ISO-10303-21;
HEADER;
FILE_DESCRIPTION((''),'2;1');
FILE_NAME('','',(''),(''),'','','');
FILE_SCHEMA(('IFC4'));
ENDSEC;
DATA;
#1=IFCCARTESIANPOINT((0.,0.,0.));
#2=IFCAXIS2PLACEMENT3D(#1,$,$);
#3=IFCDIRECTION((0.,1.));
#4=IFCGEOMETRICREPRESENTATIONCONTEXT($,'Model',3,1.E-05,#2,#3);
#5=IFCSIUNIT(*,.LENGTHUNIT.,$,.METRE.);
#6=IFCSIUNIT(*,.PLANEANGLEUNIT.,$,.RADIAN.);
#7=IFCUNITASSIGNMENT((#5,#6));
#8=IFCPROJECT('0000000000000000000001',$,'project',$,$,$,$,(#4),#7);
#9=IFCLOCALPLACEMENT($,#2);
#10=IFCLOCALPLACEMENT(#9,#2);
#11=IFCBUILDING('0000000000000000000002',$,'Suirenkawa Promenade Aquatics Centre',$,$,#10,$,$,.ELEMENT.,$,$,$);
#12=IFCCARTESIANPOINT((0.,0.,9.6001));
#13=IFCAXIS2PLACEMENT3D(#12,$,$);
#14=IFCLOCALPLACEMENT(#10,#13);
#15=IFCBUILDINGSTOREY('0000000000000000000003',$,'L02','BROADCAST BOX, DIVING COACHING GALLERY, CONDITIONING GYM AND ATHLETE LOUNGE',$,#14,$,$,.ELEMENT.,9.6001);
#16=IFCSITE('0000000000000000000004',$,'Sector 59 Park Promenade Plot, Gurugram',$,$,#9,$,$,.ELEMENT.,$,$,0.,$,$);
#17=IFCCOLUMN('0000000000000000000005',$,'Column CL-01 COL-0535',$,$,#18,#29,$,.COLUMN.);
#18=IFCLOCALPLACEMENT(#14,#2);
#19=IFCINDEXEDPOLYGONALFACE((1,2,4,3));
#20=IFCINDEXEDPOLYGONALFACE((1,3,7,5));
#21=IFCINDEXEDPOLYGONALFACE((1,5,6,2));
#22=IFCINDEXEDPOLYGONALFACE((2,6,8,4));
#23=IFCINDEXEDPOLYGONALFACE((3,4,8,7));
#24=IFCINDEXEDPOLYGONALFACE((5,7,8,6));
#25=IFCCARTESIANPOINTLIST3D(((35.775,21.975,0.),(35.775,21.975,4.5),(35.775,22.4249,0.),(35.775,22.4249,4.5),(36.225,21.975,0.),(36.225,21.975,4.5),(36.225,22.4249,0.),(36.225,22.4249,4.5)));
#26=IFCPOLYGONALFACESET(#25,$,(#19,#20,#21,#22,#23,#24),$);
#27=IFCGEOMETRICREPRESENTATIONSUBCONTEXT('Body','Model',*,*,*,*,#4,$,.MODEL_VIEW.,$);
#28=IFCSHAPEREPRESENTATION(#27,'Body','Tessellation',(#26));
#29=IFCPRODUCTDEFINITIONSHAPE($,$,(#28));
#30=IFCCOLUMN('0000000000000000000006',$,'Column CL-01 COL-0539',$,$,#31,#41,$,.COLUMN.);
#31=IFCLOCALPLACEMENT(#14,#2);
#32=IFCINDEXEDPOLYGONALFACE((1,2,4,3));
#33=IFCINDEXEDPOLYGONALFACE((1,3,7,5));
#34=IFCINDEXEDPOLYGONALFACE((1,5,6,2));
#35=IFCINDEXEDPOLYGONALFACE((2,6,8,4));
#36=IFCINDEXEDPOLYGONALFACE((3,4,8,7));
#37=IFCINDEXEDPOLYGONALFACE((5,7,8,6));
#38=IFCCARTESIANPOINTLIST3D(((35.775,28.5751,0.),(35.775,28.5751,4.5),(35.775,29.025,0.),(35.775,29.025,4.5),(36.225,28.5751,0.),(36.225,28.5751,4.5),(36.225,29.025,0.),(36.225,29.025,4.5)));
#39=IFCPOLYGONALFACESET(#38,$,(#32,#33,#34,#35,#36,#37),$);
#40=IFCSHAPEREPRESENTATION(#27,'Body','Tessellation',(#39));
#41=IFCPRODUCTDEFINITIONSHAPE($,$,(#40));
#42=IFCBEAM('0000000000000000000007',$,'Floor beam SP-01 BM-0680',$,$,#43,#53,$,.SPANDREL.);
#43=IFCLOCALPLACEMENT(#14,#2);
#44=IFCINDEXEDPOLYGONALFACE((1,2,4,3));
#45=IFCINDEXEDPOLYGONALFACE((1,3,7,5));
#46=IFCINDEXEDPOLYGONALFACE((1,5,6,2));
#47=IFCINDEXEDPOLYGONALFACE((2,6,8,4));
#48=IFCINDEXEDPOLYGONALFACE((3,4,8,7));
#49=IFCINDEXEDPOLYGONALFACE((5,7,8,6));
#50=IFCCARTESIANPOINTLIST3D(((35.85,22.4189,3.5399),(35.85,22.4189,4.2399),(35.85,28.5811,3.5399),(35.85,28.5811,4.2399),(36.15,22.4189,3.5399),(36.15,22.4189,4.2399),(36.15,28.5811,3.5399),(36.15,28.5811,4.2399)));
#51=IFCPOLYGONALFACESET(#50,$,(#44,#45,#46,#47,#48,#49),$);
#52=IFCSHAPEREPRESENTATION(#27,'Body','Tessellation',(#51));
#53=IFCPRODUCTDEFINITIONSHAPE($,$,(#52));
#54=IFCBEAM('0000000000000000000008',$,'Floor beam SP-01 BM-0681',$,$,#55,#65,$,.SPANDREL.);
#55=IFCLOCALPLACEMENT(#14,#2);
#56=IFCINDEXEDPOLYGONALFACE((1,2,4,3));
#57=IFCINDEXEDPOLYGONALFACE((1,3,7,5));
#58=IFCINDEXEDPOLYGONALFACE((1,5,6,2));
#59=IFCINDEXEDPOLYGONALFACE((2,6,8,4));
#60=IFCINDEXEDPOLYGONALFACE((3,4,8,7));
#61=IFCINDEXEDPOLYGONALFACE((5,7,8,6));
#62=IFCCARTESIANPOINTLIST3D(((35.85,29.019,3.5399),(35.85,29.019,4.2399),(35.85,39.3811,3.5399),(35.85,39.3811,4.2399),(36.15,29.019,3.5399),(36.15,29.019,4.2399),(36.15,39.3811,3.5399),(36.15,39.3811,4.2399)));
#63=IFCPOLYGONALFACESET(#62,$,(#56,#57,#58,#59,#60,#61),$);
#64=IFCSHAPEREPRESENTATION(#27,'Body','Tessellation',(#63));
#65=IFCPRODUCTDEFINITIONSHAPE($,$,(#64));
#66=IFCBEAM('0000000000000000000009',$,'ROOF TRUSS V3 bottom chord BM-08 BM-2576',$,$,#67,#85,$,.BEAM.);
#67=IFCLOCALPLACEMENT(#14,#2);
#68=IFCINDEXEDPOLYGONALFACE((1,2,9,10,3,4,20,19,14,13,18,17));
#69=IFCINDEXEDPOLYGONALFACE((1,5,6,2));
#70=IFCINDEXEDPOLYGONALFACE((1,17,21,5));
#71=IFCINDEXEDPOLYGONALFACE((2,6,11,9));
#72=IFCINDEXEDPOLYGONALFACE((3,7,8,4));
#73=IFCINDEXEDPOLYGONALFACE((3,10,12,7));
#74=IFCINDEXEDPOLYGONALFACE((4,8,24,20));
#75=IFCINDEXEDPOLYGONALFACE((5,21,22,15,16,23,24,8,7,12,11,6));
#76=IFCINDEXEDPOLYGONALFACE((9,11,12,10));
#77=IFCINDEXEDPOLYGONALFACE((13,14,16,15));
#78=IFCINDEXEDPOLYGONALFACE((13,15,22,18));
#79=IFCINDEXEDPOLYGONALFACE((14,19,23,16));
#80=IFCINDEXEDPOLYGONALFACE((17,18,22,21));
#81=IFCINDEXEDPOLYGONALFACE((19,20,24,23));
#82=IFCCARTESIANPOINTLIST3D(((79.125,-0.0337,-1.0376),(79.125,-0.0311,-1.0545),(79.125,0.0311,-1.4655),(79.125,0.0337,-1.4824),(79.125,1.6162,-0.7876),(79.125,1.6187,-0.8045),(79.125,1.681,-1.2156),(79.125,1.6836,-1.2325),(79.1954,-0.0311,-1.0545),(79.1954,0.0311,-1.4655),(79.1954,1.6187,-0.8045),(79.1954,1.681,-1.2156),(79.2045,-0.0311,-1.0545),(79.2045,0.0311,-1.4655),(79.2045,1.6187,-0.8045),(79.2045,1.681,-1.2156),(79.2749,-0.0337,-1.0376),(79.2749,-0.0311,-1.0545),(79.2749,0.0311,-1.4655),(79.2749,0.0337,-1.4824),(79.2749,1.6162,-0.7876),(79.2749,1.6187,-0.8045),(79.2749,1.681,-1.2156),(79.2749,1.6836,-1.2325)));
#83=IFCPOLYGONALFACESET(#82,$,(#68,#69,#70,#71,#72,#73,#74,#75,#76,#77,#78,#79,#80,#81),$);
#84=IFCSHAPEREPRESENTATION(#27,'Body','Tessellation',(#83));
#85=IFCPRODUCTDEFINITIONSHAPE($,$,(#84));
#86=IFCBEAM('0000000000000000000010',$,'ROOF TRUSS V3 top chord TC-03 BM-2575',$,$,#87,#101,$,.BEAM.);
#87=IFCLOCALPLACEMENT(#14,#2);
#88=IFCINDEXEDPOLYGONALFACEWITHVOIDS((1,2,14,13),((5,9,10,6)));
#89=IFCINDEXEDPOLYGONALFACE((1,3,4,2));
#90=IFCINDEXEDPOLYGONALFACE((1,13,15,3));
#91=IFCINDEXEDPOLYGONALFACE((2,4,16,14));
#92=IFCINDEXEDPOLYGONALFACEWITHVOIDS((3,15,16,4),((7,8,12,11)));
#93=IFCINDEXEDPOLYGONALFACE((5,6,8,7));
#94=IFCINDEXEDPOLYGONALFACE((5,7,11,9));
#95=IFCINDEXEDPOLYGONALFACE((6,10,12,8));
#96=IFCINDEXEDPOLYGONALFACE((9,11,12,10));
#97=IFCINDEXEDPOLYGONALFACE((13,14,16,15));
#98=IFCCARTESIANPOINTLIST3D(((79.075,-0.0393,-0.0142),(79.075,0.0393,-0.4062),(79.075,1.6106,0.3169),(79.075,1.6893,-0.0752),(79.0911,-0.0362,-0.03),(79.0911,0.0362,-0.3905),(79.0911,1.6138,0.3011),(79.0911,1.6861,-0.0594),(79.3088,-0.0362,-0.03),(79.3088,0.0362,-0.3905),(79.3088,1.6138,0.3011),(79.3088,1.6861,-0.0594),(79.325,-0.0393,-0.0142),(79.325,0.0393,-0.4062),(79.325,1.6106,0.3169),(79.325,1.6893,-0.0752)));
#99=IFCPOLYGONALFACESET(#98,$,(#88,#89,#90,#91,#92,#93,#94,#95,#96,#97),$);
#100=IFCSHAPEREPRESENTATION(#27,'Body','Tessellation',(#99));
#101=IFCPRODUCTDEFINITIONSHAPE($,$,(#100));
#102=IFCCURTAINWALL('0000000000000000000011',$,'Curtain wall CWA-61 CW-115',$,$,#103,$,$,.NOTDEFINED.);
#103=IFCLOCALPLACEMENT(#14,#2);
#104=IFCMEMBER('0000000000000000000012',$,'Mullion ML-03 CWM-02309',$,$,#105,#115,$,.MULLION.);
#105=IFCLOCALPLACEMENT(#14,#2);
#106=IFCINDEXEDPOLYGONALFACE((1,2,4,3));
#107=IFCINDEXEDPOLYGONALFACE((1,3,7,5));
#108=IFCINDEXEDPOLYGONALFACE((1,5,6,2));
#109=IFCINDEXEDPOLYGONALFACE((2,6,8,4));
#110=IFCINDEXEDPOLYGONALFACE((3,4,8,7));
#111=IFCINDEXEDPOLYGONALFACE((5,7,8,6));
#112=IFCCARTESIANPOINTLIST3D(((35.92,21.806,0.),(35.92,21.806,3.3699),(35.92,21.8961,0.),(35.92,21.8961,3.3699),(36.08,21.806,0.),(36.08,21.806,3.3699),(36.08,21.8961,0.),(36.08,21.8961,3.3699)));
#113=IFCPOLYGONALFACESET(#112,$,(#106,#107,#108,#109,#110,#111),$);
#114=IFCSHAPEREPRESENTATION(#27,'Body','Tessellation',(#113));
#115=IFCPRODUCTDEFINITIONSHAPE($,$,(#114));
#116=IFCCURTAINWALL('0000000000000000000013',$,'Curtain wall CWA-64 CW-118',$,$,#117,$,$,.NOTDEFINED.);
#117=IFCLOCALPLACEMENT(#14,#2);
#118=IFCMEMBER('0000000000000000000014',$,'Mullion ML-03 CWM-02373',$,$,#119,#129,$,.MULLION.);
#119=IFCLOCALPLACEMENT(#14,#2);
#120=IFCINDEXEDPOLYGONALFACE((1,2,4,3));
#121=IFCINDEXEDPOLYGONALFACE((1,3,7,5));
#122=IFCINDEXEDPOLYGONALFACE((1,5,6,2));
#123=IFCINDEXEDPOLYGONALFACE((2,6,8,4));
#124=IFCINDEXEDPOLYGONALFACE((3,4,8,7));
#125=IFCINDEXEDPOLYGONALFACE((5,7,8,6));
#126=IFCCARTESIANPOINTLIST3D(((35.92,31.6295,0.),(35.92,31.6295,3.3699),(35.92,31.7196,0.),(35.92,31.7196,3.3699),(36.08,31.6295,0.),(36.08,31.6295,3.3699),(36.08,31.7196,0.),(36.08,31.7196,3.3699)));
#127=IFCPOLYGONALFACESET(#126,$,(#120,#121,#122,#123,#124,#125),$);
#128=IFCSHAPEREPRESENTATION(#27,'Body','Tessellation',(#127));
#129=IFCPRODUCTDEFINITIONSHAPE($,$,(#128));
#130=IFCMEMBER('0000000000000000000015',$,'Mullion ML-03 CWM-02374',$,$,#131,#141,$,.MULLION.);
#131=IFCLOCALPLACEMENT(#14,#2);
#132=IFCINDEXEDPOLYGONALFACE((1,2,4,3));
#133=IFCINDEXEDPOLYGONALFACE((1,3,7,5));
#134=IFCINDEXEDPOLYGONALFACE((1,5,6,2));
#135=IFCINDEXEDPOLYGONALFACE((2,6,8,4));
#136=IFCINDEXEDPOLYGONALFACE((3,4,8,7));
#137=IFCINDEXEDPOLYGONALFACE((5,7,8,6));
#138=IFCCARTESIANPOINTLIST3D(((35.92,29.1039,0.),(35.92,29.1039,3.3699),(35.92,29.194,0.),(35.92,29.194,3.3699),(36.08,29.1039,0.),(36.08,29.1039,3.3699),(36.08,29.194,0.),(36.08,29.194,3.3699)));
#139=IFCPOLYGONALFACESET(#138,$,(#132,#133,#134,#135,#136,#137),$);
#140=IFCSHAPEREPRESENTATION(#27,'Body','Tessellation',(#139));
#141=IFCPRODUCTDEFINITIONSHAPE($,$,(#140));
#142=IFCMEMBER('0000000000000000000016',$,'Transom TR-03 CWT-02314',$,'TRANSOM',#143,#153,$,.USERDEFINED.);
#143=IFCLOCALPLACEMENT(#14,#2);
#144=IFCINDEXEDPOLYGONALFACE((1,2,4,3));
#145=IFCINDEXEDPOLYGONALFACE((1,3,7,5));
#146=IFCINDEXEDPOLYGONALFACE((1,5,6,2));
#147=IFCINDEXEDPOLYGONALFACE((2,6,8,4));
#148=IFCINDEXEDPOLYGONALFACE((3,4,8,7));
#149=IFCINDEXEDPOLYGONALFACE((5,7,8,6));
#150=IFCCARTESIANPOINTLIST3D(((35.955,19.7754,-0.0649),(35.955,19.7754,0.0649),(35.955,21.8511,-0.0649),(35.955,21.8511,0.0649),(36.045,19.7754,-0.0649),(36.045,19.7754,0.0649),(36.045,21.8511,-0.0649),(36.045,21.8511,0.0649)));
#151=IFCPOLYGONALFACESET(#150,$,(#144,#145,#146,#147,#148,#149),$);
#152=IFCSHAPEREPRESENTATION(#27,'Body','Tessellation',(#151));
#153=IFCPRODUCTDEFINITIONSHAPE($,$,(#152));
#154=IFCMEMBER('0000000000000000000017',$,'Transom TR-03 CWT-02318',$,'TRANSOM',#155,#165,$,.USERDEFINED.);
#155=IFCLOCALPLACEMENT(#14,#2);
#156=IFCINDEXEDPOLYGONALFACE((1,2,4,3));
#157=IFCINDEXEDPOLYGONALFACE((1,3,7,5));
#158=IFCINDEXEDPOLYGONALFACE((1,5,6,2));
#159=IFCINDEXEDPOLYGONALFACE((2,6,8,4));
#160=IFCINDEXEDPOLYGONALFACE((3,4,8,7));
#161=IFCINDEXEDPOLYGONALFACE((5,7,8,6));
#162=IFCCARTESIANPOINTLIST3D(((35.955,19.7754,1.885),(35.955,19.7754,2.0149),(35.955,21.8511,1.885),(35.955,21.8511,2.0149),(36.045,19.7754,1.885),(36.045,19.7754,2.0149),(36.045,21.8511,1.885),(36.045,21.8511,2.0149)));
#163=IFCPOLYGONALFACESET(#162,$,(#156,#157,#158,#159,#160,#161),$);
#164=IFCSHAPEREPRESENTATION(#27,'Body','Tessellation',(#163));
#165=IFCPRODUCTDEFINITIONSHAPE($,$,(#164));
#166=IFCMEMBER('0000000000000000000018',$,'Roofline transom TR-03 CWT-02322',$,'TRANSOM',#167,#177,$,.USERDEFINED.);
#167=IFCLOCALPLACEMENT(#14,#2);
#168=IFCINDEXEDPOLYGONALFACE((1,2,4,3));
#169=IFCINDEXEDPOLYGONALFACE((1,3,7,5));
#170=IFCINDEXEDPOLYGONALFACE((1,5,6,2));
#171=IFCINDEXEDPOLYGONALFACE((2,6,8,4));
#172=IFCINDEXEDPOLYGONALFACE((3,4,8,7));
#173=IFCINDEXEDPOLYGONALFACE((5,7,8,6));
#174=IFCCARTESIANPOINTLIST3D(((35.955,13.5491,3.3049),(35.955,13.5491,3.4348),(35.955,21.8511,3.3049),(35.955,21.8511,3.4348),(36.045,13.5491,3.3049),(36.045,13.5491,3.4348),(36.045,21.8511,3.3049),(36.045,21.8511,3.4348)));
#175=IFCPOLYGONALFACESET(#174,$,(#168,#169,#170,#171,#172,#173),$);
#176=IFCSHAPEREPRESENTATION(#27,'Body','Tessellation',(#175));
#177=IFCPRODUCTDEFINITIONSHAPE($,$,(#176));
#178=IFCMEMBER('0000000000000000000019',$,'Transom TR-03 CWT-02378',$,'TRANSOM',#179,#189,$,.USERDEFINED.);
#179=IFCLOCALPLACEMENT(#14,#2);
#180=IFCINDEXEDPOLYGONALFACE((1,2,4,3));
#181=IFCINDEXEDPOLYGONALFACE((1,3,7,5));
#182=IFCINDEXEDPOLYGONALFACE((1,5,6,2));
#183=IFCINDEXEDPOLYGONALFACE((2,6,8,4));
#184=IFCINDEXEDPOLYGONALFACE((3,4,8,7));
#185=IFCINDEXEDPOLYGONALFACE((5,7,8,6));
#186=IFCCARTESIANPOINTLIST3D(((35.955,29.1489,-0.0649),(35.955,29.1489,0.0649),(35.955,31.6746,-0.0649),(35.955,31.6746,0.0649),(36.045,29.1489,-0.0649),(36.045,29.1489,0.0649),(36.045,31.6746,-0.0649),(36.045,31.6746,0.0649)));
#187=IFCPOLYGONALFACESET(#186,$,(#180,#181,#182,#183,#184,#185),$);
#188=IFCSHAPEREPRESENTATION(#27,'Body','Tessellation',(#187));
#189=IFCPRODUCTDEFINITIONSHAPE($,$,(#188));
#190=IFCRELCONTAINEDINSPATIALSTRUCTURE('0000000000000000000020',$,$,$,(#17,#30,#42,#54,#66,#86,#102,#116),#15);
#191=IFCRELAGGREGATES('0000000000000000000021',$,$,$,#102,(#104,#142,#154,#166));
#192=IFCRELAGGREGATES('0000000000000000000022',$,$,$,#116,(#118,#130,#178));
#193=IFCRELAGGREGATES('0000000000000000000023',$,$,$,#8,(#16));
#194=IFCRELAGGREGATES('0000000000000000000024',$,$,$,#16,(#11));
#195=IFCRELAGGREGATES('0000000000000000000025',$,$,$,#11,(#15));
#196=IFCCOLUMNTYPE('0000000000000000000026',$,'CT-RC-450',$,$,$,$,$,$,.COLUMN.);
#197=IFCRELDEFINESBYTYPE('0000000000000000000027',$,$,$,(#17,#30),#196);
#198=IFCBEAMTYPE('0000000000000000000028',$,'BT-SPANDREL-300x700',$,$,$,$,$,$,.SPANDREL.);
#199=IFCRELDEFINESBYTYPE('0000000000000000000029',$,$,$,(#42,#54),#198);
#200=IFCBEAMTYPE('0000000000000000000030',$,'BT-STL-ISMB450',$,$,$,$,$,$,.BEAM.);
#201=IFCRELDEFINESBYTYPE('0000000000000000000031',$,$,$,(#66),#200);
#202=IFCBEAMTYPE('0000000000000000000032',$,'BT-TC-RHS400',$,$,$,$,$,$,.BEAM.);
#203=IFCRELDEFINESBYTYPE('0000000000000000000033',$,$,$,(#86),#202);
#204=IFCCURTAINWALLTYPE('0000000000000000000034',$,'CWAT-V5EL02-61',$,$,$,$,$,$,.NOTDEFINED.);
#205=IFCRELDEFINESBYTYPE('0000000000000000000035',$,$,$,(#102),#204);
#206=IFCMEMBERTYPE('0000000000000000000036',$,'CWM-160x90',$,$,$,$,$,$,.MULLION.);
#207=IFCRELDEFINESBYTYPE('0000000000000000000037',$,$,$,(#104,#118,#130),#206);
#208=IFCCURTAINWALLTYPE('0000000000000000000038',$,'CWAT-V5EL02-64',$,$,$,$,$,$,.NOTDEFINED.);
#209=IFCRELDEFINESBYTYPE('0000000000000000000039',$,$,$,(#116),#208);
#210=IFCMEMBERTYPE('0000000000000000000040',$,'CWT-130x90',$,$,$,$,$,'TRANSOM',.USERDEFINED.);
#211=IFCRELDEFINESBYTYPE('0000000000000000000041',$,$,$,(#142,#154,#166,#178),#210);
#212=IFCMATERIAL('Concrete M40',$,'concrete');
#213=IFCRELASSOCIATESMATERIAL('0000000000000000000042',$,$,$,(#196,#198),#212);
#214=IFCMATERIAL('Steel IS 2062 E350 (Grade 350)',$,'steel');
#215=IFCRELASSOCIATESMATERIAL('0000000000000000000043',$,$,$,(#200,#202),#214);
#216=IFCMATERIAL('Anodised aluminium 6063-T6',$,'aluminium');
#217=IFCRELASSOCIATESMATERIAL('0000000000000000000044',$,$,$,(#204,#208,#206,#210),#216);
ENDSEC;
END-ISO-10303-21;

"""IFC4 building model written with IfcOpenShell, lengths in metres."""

from ifc_helpers import new_model, si_unit, direction, frame, origin, origin_2d, place, context, subcontext, project, spatial, rectangle, hollow_rectangle, i_section, extrude, material, material_profile, profile_set, type_object, element, aggregate, save


model = new_model("IFC4")

# Units and contexts
model_context = context("Model", 3, precision=1e-05, world=origin(), true_north=direction((0.0, 1.0)))
body_context = subcontext(model_context, "Body", "Model", "MODEL_VIEW")
ifc_project = project(units=[si_unit("LENGTHUNIT", "METRE"), si_unit("PLANEANGLEUNIT", "RADIAN")], contexts=[model_context])

# Site, building, storey
site_placement = place(None, origin())
site = spatial("IfcSite", under=ifc_project, at=site_placement, Name="Sector 59 Park Promenade Plot, Gurugram", CompositionType="ELEMENT", RefElevation=0.0)
building_placement = place(site_placement, origin())
building = spatial("IfcBuilding", under=site, at=building_placement, Name="Suirenkawa Promenade Aquatics Centre", CompositionType="ELEMENT")
storey_placement = place(building_placement, frame((0.0, 0.0, 9.6001)))
storey = spatial("IfcBuildingStorey", under=building, at=storey_placement, Name="L02", Description="BROADCAST BOX, DIVING COACHING GALLERY, CONDITIONING GYM AND ATHLETE LOUNGE", CompositionType="ELEMENT", Elevation=9.6001)

# Columns
ifc_material_1 = material(Name="Concrete M40", Category="concrete")
ifc_material_profile_1 = material_profile(ifc_material_1, rectangle(XDim=0.45, YDim=0.45, at=origin_2d()), Name="RC COL 450x450", Category="concrete")
ifc_profile_set_1 = profile_set([ifc_material_profile_1], Name="Concrete M40")
column_type = type_object("IfcColumnType", Name="CT-RC-450", PredefinedType="COLUMN", material=ifc_profile_set_1)
for number, where, z_axis, x_axis, name in (
    (1, (36.0, 22.2, 0.0), (0.0, 0.0, 1.0), (1.0, 0.0, 0.0), "Column CL-01 COL-0535"),
    (2, (36.0, 28.8, 0.0), (0.0, 0.0, 1.0), (1.0, 0.0, 0.0), "Column CL-01 COL-0539"),
):
    element("IfcColumn", number, at=place(storey_placement, frame(where, z_axis=z_axis, x_axis=x_axis)), inside=storey, type_object=column_type, Name=name, PredefinedType="COLUMN", context=body_context, shape_type="SweptSolid", body=[
        extrude(rectangle(XDim=0.45, YDim=0.45, at=origin_2d()), origin(), (0.0, 0.0, 1.0), 4.5),
    ])

# Beams
ifc_material_profile_2 = material_profile(ifc_material_1, rectangle(XDim=0.3, YDim=0.7, at=origin_2d()), Name="RC SPANDREL 300x700", Category="concrete")
ifc_profile_set_2 = profile_set([ifc_material_profile_2], Name="Concrete M40")
beam_type_1 = type_object("IfcBeamType", Name="BT-SPANDREL-300x700", PredefinedType="SPANDREL", material=ifc_profile_set_2)
beam_1_placement = place(storey_placement, frame((36.0, 22.4189, 3.8899), z_axis=(0.0, 1.0, 0.0), x_axis=(-1.0, 0.0, 0.0)))
element("IfcBeam", 3, at=beam_1_placement, inside=storey, type_object=beam_type_1, Name="Floor beam SP-01 BM-0680", PredefinedType="SPANDREL", context=body_context, shape_type="SweptSolid", body=[
    extrude(rectangle(XDim=0.3, YDim=0.7, at=origin_2d()), origin(), (0.0, 0.0, 1.0), 6.1621),
])
beam_2_placement = place(storey_placement, frame((36.0, 29.019, 3.8899), z_axis=(0.0, 1.0, 0.0), x_axis=(-1.0, 0.0, 0.0)))
element("IfcBeam", 4, at=beam_2_placement, inside=storey, type_object=beam_type_1, Name="Floor beam SP-01 BM-0681", PredefinedType="SPANDREL", context=body_context, shape_type="SweptSolid", body=[
    extrude(rectangle(XDim=0.3, YDim=0.7, at=origin_2d()), origin(), (0.0, 0.0, 1.0), 10.3621),
])
ifc_material_2 = material(Name="Steel IS 2062 E350 (Grade 350)", Category="steel")
ifc_material_profile_3 = material_profile(ifc_material_2, i_section(OverallWidth=0.1499, OverallDepth=0.45, WebThickness=0.009, FlangeThickness=0.0171, at=origin_2d()), Name="ISMB 450", Category="steel")
ifc_profile_set_3 = profile_set([ifc_material_profile_3], Name="Steel IS 2062 E350 (Grade 350)")
beam_type_2 = type_object("IfcBeamType", Name="BT-STL-ISMB450", PredefinedType="BEAM", material=ifc_profile_set_3)
beam_3_placement = place(storey_placement, frame((79.2, 0.0, -1.26), z_axis=(0.0, 0.988714, 0.149814), x_axis=(-1.0, 0.0, 0.0)))
element("IfcBeam", 5, at=beam_3_placement, inside=storey, type_object=beam_type_2, Name="ROOF TRUSS V3 bottom chord BM-08 BM-2576", PredefinedType="BEAM", context=body_context, shape_type="SweptSolid", body=[
    extrude(i_section(OverallWidth=0.1499, OverallDepth=0.45, WebThickness=0.009, FlangeThickness=0.0171, at=origin_2d()), origin(), (0.0, 0.0, 1.0), 1.6687),
])
ifc_material_profile_4 = material_profile(ifc_material_2, hollow_rectangle(XDim=0.25, YDim=0.3999, WallThickness=0.0161, at=origin_2d()), Name="RHS 400x250x16", Category="steel")
ifc_profile_set_4 = profile_set([ifc_material_profile_4], Name="Steel IS 2062 E350 (Grade 350)")
beam_type_3 = type_object("IfcBeamType", Name="BT-TC-RHS400", PredefinedType="BEAM", material=ifc_profile_set_4)
beam_4_placement = place(storey_placement, frame((79.2, 0.0, -0.2102), z_axis=(0.0, 0.980458, 0.19673), x_axis=(-1.0, 0.0, 0.0)))
element("IfcBeam", 6, at=beam_4_placement, inside=storey, type_object=beam_type_3, Name="ROOF TRUSS V3 top chord TC-03 BM-2575", PredefinedType="BEAM", context=body_context, shape_type="SweptSolid", body=[
    extrude(hollow_rectangle(XDim=0.25, YDim=0.3999, WallThickness=0.0161, at=origin_2d()), origin(), (0.0, 0.0, 1.0), 1.6829),
])

# Curtain wall, member
ifc_material_3 = material(Name="Anodised aluminium 6063-T6", Category="aluminium")
curtain_wall_type_1 = type_object("IfcCurtainWallType", Name="CWAT-V5EL02-61", PredefinedType="NOTDEFINED", material=ifc_material_3)
curtain_wall_1_placement = place(storey_placement, origin())
curtain_wall_1 = element("IfcCurtainWall", 7, at=curtain_wall_1_placement, inside=storey, type_object=curtain_wall_type_1, Name="Curtain wall CWA-61 CW-115", PredefinedType="NOTDEFINED")
ifc_material_profile_5 = material_profile(ifc_material_3, rectangle(XDim=0.0901, YDim=0.1599, at=origin_2d()), Name="ALU MULL 90x160", Category="aluminium")
ifc_profile_set_5 = profile_set([ifc_material_profile_5], Name="Anodised aluminium 6063-T6")
member_type_1 = type_object("IfcMemberType", Name="CWM-160x90", PredefinedType="MULLION", material=ifc_profile_set_5)
member_1_placement = place(storey_placement, frame((36.0, 21.8511, 0.0), z_axis=(0.0, 0.0, 1.0), x_axis=(0.0, -1.0, 0.0)))
member_1 = element("IfcMember", 8, at=member_1_placement, type_object=member_type_1, Name="Mullion ML-03 CWM-02309", PredefinedType="MULLION", context=body_context, shape_type="SweptSolid", body=[
    extrude(rectangle(XDim=0.0901, YDim=0.1599, at=origin_2d()), origin(), (0.0, 0.0, 1.0), 3.3699),
])

# Curtain wall, members
curtain_wall_type_2 = type_object("IfcCurtainWallType", Name="CWAT-V5EL02-64", PredefinedType="NOTDEFINED", material=ifc_material_3)
curtain_wall_2_placement = place(storey_placement, origin())
curtain_wall_2 = element("IfcCurtainWall", 9, at=curtain_wall_2_placement, inside=storey, type_object=curtain_wall_type_2, Name="Curtain wall CWA-64 CW-118", PredefinedType="NOTDEFINED")
member_2_placement = place(storey_placement, frame((36.0, 31.6746, 0.0), z_axis=(0.0, 0.0, 1.0), x_axis=(0.0, -1.0, 0.0)))
member_2 = element("IfcMember", 10, at=member_2_placement, type_object=member_type_1, Name="Mullion ML-03 CWM-02373", PredefinedType="MULLION", context=body_context, shape_type="SweptSolid", body=[
    extrude(rectangle(XDim=0.0901, YDim=0.1599, at=origin_2d()), origin(), (0.0, 0.0, 1.0), 3.3699),
])
member_3_placement = place(storey_placement, frame((36.0, 29.1489, 0.0), z_axis=(0.0, 0.0, 1.0), x_axis=(0.0, -1.0, 0.0)))
member_3 = element("IfcMember", 11, at=member_3_placement, type_object=member_type_1, Name="Mullion ML-03 CWM-02374", PredefinedType="MULLION", context=body_context, shape_type="SweptSolid", body=[
    extrude(rectangle(XDim=0.0901, YDim=0.1599, at=origin_2d()), origin(), (0.0, 0.0, 1.0), 3.3699),
])

# Members
ifc_material_profile_6 = material_profile(ifc_material_3, rectangle(XDim=0.0901, YDim=0.1299, at=origin_2d()), Name="ALU TRAN 90x130", Category="aluminium")
ifc_profile_set_6 = profile_set([ifc_material_profile_6], Name="Anodised aluminium 6063-T6")
member_type_2 = type_object("IfcMemberType", Name="CWT-130x90", ElementType="TRANSOM", PredefinedType="USERDEFINED", material=ifc_profile_set_6)
member_4_placement = place(storey_placement, frame((36.0, 21.8511, 0.0), z_axis=(0.0, -1.0, 0.0), x_axis=(1.0, 0.0, 0.0)))
member_4 = element("IfcMember", 12, at=member_4_placement, type_object=member_type_2, Name="Transom TR-03 CWT-02314", ObjectType="TRANSOM", PredefinedType="USERDEFINED", context=body_context, shape_type="SweptSolid", body=[
    extrude(rectangle(XDim=0.0901, YDim=0.1299, at=origin_2d()), origin(), (0.0, 0.0, 1.0), 2.0757),
])
member_5_placement = place(storey_placement, frame((36.0, 21.8511, 1.95), z_axis=(0.0, -1.0, 0.0), x_axis=(1.0, 0.0, 0.0)))
member_5 = element("IfcMember", 13, at=member_5_placement, type_object=member_type_2, Name="Transom TR-03 CWT-02318", ObjectType="TRANSOM", PredefinedType="USERDEFINED", context=body_context, shape_type="SweptSolid", body=[
    extrude(rectangle(XDim=0.0901, YDim=0.1299, at=origin_2d()), origin(), (0.0, 0.0, 1.0), 2.0757),
])
member_6_placement = place(storey_placement, frame((36.0, 21.8511, 3.3699), z_axis=(0.0, -1.0, 0.0), x_axis=(1.0, 0.0, 0.0)))
member_6 = element("IfcMember", 14, at=member_6_placement, type_object=member_type_2, Name="Roofline transom TR-03 CWT-02322", ObjectType="TRANSOM", PredefinedType="USERDEFINED", context=body_context, shape_type="SweptSolid", body=[
    extrude(rectangle(XDim=0.0901, YDim=0.1299, at=origin_2d()), origin(), (0.0, 0.0, 1.0), 8.302),
])
member_7_placement = place(storey_placement, frame((36.0, 31.6746, 0.0), z_axis=(0.0, -1.0, 0.0), x_axis=(1.0, 0.0, 0.0)))
member_7 = element("IfcMember", 15, at=member_7_placement, type_object=member_type_2, Name="Transom TR-03 CWT-02378", ObjectType="TRANSOM", PredefinedType="USERDEFINED", context=body_context, shape_type="SweptSolid", body=[
    extrude(rectangle(XDim=0.0901, YDim=0.1299, at=origin_2d()), origin(), (0.0, 0.0, 1.0), 2.5256),
])

aggregate(curtain_wall_1, [member_1, member_4, member_5, member_6])
aggregate(curtain_wall_2, [member_2, member_3, member_7])

save(model, "model.ifc")
